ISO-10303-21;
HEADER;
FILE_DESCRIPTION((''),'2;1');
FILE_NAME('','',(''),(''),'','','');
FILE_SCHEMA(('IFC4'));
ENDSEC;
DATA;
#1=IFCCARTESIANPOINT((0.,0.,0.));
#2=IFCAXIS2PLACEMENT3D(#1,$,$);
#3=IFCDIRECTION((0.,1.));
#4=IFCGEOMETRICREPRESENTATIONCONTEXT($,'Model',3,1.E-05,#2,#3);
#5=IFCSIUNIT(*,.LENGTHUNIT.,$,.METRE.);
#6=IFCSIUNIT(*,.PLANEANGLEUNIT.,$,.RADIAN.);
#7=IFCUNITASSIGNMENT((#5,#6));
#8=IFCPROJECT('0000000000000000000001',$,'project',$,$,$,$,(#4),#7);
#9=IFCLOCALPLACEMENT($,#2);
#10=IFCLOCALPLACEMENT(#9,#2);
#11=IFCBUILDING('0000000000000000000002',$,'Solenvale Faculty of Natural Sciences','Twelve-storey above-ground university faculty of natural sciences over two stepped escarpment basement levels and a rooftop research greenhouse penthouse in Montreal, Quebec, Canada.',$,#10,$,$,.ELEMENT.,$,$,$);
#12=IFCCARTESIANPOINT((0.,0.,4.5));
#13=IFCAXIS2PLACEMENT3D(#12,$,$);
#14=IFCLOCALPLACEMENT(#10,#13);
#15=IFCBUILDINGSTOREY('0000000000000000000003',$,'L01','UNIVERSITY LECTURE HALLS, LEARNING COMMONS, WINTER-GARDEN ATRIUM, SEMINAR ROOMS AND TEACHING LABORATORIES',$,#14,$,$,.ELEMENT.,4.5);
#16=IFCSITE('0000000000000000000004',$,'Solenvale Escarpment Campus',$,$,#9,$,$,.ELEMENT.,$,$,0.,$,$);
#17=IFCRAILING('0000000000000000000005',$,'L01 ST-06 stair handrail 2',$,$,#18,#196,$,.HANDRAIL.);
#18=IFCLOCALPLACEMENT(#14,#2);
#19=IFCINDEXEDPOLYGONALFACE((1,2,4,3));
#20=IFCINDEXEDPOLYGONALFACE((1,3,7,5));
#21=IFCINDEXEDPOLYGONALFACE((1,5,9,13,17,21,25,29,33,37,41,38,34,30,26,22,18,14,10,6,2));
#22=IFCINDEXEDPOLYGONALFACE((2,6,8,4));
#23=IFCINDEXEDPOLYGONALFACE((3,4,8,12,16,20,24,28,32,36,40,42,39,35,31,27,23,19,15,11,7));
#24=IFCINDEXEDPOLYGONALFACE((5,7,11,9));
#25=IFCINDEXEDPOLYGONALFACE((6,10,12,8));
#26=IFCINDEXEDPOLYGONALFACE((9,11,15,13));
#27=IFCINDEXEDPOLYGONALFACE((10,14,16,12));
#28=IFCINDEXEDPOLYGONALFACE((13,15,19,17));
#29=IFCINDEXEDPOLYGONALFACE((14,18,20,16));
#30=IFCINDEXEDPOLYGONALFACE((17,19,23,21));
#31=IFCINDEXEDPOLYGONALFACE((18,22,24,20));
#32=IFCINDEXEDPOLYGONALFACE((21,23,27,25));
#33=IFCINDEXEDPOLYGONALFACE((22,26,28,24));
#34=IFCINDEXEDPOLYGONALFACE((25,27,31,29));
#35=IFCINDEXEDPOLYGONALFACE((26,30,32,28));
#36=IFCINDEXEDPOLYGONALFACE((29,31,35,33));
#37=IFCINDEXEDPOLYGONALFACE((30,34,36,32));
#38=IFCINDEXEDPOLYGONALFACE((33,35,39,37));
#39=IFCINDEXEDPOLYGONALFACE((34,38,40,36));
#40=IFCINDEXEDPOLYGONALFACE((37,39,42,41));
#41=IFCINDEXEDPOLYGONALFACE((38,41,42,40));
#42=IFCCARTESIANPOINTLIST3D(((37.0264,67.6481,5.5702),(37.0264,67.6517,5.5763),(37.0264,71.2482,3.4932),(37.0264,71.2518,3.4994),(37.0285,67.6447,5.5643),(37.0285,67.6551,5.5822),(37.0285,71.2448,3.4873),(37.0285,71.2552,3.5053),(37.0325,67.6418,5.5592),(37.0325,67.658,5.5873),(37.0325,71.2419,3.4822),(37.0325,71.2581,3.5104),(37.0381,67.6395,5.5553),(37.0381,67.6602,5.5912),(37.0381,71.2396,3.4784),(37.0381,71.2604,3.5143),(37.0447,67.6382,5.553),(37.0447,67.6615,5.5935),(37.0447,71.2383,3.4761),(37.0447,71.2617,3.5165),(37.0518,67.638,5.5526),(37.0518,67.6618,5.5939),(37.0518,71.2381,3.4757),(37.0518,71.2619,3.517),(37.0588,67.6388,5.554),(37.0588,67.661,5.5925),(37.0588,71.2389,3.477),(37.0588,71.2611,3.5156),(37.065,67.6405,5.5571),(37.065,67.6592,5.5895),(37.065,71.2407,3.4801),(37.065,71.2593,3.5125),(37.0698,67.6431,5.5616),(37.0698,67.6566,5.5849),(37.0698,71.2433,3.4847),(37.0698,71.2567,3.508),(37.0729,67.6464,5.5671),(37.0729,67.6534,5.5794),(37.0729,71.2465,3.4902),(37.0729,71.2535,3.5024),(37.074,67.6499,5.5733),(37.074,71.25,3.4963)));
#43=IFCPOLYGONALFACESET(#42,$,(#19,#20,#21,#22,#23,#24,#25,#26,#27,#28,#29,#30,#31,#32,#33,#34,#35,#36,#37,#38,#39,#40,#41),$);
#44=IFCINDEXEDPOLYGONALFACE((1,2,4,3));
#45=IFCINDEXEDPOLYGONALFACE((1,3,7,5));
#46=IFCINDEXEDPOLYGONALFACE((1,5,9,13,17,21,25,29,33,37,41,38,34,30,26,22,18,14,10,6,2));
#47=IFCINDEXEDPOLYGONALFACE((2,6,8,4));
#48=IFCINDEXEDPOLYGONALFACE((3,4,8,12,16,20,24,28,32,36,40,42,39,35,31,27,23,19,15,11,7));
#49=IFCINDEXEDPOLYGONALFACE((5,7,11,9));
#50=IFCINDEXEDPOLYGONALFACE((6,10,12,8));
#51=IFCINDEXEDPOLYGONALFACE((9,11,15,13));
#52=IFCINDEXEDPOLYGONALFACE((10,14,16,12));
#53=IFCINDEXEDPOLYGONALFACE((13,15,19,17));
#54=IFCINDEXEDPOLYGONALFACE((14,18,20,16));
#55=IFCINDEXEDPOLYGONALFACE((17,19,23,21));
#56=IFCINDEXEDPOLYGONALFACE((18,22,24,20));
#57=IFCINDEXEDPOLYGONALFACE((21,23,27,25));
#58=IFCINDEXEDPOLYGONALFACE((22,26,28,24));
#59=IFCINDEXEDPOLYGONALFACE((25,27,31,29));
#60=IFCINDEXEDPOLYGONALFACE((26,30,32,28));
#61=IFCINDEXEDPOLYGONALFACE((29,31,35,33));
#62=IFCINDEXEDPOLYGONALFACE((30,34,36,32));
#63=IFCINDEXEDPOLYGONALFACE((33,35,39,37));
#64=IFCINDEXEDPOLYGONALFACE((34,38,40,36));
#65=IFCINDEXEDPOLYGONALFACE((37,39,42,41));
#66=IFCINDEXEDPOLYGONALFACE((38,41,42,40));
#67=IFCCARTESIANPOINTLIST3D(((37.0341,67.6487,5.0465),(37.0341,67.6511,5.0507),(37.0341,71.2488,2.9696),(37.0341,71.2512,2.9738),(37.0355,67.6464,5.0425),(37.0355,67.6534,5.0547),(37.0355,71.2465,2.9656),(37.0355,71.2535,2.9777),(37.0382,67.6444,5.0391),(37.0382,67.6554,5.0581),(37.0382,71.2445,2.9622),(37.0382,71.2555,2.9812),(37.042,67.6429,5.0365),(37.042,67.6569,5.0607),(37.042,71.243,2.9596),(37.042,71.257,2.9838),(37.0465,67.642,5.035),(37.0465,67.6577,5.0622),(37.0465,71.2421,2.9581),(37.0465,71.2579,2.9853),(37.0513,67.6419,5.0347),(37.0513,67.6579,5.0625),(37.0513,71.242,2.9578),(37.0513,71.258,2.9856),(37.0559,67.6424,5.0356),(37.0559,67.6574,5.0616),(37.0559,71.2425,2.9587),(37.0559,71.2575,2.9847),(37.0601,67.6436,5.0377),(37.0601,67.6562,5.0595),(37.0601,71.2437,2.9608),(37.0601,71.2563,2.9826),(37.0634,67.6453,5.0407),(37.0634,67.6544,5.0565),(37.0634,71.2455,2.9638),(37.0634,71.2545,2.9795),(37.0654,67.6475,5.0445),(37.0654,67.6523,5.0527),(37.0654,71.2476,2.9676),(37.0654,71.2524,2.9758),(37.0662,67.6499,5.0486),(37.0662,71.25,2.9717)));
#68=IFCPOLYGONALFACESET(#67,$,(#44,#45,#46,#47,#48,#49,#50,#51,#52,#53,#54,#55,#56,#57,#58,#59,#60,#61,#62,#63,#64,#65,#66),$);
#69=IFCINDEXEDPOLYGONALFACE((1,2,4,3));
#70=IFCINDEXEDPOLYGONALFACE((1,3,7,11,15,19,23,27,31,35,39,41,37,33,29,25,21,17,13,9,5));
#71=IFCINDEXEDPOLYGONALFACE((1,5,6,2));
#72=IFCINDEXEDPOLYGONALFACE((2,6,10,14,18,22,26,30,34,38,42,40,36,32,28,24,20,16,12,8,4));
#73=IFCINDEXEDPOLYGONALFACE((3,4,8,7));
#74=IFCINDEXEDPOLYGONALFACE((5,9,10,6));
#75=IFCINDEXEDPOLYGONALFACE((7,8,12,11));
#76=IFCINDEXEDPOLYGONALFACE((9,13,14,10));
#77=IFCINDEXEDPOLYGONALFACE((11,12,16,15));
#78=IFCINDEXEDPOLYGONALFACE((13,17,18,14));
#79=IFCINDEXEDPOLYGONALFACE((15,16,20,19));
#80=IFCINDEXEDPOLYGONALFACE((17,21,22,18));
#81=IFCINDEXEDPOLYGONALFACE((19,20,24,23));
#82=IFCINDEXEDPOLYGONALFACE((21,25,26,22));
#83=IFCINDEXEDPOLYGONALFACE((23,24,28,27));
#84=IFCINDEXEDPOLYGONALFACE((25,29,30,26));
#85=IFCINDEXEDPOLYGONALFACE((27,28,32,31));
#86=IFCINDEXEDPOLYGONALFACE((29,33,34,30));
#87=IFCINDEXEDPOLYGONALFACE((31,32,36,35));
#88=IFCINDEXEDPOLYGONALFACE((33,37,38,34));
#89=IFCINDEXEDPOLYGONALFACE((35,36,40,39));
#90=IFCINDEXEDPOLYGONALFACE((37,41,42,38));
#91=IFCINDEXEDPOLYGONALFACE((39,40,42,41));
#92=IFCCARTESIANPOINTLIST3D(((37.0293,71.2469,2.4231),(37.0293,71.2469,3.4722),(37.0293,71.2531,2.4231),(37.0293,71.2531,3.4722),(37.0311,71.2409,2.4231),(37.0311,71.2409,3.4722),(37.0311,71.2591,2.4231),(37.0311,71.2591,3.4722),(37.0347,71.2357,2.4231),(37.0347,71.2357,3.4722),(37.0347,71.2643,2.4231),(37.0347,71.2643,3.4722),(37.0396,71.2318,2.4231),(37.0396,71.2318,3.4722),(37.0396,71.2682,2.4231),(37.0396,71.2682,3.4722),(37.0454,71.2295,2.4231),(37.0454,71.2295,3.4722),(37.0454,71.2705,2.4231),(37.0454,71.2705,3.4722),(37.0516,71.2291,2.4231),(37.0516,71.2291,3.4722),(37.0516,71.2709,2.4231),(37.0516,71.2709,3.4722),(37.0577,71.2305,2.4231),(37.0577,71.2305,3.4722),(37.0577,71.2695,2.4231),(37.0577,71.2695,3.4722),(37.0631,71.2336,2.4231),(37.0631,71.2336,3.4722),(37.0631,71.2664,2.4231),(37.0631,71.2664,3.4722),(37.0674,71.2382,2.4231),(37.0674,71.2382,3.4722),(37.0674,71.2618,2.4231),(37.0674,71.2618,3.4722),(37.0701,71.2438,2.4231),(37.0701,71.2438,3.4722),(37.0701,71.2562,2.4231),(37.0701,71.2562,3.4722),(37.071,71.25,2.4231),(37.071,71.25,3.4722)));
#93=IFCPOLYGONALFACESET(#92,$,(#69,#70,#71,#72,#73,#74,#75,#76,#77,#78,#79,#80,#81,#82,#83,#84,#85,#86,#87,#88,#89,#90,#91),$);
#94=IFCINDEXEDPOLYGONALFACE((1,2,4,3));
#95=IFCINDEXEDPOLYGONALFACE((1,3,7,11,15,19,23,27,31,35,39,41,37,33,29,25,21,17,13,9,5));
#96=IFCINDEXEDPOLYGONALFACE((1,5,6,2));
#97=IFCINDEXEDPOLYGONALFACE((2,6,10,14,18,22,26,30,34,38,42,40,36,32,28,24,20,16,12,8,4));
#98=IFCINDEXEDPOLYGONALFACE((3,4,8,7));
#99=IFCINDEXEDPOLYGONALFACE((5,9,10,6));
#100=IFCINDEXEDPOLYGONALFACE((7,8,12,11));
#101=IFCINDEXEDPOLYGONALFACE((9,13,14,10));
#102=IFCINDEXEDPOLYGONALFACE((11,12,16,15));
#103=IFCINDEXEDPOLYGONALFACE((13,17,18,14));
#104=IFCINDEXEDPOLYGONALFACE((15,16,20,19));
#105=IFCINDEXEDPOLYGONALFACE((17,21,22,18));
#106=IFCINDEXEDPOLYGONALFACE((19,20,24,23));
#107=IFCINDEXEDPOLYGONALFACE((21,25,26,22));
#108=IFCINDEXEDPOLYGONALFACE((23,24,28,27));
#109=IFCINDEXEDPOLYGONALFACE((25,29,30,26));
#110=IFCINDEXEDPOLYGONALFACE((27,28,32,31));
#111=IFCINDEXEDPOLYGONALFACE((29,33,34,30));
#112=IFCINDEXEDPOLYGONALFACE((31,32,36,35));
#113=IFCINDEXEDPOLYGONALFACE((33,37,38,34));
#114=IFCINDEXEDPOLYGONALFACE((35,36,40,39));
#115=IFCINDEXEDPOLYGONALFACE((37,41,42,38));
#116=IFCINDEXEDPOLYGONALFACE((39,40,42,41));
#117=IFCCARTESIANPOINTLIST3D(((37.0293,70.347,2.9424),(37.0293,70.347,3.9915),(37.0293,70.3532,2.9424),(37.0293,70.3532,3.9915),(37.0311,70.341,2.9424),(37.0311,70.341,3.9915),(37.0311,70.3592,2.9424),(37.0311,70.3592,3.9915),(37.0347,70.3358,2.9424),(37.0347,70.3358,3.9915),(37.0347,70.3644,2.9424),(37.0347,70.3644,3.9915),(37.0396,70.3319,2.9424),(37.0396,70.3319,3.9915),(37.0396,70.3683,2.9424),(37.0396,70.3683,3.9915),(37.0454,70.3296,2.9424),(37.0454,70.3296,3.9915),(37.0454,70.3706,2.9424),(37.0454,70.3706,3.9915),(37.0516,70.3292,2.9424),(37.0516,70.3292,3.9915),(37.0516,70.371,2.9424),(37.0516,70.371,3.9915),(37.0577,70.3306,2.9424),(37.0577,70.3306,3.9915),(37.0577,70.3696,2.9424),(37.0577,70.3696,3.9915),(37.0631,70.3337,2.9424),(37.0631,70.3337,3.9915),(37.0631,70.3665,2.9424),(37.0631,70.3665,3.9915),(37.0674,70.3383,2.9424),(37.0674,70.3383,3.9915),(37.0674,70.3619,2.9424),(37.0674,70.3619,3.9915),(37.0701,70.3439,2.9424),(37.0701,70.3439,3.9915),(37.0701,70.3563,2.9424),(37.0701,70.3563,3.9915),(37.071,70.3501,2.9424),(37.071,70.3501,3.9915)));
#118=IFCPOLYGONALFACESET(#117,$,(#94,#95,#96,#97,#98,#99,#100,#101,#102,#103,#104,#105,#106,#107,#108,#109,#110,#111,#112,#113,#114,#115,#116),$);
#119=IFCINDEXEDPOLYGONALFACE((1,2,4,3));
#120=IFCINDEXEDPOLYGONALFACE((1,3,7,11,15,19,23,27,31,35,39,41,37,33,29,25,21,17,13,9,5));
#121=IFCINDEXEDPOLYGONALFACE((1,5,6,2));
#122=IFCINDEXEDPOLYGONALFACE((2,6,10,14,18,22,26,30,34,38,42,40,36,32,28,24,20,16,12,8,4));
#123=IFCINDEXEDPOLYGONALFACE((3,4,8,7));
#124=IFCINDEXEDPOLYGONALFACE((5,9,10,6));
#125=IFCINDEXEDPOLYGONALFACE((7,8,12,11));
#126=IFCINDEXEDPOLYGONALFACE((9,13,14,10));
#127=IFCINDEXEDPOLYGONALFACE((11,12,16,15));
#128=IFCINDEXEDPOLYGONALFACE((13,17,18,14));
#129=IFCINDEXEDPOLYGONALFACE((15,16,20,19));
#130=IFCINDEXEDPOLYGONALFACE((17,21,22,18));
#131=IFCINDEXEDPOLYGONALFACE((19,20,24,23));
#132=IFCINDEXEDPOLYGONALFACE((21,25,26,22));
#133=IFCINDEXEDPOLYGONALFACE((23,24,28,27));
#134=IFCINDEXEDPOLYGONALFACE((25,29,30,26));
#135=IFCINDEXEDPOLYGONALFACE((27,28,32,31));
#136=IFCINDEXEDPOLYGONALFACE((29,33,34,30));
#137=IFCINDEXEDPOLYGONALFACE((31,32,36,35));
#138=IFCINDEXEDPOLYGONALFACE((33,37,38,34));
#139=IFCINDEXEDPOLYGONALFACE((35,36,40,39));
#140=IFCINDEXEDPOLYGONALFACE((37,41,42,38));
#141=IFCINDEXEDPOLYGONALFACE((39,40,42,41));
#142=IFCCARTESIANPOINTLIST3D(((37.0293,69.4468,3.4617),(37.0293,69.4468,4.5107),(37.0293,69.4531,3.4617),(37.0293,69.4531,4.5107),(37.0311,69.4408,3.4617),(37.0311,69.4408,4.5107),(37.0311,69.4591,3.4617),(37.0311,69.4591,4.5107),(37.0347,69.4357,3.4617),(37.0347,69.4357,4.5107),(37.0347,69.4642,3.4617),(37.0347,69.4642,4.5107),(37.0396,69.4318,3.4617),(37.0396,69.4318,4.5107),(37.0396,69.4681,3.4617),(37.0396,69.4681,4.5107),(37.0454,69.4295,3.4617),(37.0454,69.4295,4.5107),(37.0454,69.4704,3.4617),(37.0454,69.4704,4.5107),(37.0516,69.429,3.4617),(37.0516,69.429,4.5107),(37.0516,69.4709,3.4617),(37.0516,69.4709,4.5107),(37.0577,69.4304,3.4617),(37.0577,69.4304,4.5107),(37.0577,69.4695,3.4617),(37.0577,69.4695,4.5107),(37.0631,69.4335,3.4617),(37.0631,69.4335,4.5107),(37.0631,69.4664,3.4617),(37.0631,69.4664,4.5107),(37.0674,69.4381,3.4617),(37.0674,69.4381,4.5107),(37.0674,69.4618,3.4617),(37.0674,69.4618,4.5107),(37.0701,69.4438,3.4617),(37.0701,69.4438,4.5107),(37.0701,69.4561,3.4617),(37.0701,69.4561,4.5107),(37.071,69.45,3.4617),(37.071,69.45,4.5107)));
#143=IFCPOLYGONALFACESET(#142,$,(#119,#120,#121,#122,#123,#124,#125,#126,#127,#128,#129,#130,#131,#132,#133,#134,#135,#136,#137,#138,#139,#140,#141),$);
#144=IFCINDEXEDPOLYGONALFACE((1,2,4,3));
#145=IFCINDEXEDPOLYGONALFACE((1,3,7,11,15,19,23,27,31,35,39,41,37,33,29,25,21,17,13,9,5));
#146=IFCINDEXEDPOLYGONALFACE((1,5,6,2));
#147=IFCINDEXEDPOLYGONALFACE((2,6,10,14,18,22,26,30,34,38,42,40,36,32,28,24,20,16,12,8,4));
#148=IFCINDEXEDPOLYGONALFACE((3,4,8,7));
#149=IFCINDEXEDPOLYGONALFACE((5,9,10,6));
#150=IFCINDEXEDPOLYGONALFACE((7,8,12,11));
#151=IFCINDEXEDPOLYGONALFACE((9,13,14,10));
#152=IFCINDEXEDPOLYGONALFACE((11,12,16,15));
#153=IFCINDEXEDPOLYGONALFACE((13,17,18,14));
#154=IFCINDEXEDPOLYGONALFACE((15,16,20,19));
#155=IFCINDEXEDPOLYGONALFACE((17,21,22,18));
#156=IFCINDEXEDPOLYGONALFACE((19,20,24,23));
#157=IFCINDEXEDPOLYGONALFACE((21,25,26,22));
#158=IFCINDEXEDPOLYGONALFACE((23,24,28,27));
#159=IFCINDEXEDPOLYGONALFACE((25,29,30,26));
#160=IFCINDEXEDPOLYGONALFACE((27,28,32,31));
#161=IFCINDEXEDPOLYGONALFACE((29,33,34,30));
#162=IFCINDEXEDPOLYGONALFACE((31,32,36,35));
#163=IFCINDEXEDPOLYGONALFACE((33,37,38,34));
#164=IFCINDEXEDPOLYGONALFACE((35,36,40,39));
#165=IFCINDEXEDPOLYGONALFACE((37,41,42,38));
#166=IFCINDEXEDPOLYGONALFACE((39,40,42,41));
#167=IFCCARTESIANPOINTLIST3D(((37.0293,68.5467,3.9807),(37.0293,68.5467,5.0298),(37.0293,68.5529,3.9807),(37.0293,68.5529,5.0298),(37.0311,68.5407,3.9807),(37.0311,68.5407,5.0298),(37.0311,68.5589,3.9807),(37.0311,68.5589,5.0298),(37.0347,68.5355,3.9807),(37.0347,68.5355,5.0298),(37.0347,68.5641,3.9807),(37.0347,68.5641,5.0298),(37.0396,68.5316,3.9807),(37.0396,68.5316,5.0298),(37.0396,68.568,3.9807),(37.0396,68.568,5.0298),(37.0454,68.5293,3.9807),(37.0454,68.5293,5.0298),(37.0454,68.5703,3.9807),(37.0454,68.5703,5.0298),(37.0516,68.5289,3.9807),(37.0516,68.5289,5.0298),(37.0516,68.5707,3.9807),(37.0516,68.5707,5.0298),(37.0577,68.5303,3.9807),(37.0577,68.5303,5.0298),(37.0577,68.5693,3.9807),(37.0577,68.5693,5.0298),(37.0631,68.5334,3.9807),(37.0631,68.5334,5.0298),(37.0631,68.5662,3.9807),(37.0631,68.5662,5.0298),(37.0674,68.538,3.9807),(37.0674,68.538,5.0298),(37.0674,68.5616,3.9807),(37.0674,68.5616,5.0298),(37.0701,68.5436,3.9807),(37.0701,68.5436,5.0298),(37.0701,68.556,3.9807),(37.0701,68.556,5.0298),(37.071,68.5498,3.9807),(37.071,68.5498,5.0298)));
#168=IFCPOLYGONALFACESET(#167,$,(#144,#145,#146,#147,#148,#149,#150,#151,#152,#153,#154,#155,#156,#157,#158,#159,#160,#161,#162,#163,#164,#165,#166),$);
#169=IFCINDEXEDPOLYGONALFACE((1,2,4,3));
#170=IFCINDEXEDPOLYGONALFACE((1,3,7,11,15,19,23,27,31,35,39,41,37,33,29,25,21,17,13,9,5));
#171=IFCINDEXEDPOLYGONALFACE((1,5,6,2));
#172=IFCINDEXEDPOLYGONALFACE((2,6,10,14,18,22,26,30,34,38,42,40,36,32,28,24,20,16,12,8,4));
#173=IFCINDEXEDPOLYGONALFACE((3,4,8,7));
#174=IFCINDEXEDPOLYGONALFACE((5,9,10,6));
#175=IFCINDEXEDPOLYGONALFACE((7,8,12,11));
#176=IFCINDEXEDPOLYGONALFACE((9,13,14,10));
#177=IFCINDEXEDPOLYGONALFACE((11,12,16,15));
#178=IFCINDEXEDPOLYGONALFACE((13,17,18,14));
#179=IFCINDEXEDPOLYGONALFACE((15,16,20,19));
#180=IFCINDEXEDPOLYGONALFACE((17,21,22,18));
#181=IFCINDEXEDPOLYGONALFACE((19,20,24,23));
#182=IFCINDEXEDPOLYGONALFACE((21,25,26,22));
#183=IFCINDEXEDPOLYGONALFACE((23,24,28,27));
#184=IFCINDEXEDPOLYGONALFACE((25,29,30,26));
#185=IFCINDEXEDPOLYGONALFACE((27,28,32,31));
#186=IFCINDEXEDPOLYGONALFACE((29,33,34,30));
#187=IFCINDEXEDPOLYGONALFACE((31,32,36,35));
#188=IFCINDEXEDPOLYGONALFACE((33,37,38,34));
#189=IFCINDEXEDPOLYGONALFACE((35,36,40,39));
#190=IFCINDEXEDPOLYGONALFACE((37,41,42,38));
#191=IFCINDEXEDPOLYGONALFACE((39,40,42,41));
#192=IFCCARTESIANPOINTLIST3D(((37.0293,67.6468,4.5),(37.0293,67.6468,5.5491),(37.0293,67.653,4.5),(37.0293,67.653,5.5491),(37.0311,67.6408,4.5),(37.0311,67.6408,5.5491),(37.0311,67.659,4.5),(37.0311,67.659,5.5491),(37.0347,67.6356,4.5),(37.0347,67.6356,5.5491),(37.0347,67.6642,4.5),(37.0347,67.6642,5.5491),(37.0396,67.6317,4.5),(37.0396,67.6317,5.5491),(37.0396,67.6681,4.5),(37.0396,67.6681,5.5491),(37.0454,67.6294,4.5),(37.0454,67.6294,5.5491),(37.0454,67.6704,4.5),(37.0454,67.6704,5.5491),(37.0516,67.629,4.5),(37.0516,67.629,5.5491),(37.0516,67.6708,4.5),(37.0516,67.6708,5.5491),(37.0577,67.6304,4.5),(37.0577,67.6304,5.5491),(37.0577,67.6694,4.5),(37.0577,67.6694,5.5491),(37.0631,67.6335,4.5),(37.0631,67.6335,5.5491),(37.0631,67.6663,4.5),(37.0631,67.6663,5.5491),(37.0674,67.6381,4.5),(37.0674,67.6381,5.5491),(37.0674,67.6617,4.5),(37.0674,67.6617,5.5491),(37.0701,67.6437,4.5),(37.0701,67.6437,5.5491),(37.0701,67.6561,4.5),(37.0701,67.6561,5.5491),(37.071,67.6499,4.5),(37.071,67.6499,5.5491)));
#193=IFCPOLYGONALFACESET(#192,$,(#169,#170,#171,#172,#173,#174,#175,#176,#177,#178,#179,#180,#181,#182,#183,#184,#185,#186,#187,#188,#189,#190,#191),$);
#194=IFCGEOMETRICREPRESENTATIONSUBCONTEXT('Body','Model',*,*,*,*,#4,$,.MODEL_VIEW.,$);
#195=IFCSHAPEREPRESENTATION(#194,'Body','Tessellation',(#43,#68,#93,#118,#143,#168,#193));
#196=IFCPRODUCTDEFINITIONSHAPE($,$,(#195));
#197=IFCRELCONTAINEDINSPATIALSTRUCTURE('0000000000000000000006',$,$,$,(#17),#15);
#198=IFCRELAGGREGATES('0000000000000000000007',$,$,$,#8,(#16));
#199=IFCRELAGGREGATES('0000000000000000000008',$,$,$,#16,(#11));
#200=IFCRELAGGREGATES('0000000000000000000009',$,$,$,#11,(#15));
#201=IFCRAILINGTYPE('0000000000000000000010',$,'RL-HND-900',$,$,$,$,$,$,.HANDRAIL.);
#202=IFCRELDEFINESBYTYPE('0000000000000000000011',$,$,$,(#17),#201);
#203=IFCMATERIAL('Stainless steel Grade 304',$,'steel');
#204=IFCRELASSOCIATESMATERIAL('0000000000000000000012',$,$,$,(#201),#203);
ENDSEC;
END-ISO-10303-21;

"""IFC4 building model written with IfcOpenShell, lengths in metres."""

from ifc_helpers import new_model, si_unit, direction, frame, origin, origin_2d, place, context, subcontext, project, spatial, circle, extrude, material, type_object, element, save


model = new_model("IFC4")

# Units and contexts
model_context = context("Model", 3, precision=1e-05, world=origin(), true_north=direction((0.0, 1.0)))
body_context = subcontext(model_context, "Body", "Model", "MODEL_VIEW")
ifc_project = project(units=[si_unit("LENGTHUNIT", "METRE"), si_unit("PLANEANGLEUNIT", "RADIAN")], contexts=[model_context])

# Site, building, storey
site_placement = place(None, origin())
site = spatial("IfcSite", under=ifc_project, at=site_placement, Name="Solenvale Escarpment Campus", CompositionType="ELEMENT", RefElevation=0.0)
building_placement = place(site_placement, origin())
building = spatial("IfcBuilding", under=site, at=building_placement, Name="Solenvale Faculty of Natural Sciences", Description="Twelve-storey above-ground university faculty of natural sciences over two stepped escarpment basement levels and a rooftop research greenhouse penthouse in Montreal, Quebec, Canada.", CompositionType="ELEMENT")
storey_placement = place(building_placement, frame((0.0, 0.0, 4.5)))
storey = spatial("IfcBuildingStorey", under=building, at=storey_placement, Name="L01", Description="UNIVERSITY LECTURE HALLS, LEARNING COMMONS, WINTER-GARDEN ATRIUM, SEMINAR ROOMS AND TEACHING LABORATORIES", CompositionType="ELEMENT", Elevation=4.5)

# Railing
ifc_material_1 = material(Name="Stainless steel Grade 304", Category="steel")
railing_type_1 = type_object("IfcRailingType", Name="RL-HND-900", PredefinedType="HANDRAIL", material=ifc_material_1)
railing_1_placement = place(storey_placement, frame((37.05, 71.25, 2.4231)))
element("IfcRailing", 1, at=railing_1_placement, inside=storey, type_object=railing_type_1, Name="L01 ST-06 stair handrail 2", PredefinedType="HANDRAIL", context=body_context, shape_type="SweptSolid", body=[
    extrude(circle(Radius=0.0239, at=origin_2d()), frame((0.0, 0.0, 1.0732), z_axis=(0.0, -0.866193, 0.499709), x_axis=(1.0, 0.0, 0.0)), (0.0, 0.0, 1.0), 4.1562),
    extrude(circle(Radius=0.0161, at=origin_2d()), frame((0.0, 0.0, 0.5486), z_axis=(0.0, -0.866193, 0.499709), x_axis=(1.0, 0.0, 0.0)), (0.0, 0.0, 1.0), 4.1562),
    extrude(circle(Radius=0.021, at=origin_2d()), origin(), (0.0, 0.0, 1.0), 1.0491),
    extrude(circle(Radius=0.021, at=origin_2d()), frame((0.0, -0.8999, 0.5193)), (0.0, 0.0, 1.0), 1.0491),
    extrude(circle(Radius=0.021, at=origin_2d()), frame((0.0, -1.8, 1.0386)), (0.0, 0.0, 1.0), 1.0491),
    extrude(circle(Radius=0.021, at=origin_2d()), frame((0.0, -2.7002, 1.5576)), (0.0, 0.0, 1.0), 1.0491),
    extrude(circle(Radius=0.021, at=origin_2d()), frame((0.0, -3.6001, 2.0769)), (0.0, 0.0, 1.0), 1.0491),
])

save(model, "model.ifc")
